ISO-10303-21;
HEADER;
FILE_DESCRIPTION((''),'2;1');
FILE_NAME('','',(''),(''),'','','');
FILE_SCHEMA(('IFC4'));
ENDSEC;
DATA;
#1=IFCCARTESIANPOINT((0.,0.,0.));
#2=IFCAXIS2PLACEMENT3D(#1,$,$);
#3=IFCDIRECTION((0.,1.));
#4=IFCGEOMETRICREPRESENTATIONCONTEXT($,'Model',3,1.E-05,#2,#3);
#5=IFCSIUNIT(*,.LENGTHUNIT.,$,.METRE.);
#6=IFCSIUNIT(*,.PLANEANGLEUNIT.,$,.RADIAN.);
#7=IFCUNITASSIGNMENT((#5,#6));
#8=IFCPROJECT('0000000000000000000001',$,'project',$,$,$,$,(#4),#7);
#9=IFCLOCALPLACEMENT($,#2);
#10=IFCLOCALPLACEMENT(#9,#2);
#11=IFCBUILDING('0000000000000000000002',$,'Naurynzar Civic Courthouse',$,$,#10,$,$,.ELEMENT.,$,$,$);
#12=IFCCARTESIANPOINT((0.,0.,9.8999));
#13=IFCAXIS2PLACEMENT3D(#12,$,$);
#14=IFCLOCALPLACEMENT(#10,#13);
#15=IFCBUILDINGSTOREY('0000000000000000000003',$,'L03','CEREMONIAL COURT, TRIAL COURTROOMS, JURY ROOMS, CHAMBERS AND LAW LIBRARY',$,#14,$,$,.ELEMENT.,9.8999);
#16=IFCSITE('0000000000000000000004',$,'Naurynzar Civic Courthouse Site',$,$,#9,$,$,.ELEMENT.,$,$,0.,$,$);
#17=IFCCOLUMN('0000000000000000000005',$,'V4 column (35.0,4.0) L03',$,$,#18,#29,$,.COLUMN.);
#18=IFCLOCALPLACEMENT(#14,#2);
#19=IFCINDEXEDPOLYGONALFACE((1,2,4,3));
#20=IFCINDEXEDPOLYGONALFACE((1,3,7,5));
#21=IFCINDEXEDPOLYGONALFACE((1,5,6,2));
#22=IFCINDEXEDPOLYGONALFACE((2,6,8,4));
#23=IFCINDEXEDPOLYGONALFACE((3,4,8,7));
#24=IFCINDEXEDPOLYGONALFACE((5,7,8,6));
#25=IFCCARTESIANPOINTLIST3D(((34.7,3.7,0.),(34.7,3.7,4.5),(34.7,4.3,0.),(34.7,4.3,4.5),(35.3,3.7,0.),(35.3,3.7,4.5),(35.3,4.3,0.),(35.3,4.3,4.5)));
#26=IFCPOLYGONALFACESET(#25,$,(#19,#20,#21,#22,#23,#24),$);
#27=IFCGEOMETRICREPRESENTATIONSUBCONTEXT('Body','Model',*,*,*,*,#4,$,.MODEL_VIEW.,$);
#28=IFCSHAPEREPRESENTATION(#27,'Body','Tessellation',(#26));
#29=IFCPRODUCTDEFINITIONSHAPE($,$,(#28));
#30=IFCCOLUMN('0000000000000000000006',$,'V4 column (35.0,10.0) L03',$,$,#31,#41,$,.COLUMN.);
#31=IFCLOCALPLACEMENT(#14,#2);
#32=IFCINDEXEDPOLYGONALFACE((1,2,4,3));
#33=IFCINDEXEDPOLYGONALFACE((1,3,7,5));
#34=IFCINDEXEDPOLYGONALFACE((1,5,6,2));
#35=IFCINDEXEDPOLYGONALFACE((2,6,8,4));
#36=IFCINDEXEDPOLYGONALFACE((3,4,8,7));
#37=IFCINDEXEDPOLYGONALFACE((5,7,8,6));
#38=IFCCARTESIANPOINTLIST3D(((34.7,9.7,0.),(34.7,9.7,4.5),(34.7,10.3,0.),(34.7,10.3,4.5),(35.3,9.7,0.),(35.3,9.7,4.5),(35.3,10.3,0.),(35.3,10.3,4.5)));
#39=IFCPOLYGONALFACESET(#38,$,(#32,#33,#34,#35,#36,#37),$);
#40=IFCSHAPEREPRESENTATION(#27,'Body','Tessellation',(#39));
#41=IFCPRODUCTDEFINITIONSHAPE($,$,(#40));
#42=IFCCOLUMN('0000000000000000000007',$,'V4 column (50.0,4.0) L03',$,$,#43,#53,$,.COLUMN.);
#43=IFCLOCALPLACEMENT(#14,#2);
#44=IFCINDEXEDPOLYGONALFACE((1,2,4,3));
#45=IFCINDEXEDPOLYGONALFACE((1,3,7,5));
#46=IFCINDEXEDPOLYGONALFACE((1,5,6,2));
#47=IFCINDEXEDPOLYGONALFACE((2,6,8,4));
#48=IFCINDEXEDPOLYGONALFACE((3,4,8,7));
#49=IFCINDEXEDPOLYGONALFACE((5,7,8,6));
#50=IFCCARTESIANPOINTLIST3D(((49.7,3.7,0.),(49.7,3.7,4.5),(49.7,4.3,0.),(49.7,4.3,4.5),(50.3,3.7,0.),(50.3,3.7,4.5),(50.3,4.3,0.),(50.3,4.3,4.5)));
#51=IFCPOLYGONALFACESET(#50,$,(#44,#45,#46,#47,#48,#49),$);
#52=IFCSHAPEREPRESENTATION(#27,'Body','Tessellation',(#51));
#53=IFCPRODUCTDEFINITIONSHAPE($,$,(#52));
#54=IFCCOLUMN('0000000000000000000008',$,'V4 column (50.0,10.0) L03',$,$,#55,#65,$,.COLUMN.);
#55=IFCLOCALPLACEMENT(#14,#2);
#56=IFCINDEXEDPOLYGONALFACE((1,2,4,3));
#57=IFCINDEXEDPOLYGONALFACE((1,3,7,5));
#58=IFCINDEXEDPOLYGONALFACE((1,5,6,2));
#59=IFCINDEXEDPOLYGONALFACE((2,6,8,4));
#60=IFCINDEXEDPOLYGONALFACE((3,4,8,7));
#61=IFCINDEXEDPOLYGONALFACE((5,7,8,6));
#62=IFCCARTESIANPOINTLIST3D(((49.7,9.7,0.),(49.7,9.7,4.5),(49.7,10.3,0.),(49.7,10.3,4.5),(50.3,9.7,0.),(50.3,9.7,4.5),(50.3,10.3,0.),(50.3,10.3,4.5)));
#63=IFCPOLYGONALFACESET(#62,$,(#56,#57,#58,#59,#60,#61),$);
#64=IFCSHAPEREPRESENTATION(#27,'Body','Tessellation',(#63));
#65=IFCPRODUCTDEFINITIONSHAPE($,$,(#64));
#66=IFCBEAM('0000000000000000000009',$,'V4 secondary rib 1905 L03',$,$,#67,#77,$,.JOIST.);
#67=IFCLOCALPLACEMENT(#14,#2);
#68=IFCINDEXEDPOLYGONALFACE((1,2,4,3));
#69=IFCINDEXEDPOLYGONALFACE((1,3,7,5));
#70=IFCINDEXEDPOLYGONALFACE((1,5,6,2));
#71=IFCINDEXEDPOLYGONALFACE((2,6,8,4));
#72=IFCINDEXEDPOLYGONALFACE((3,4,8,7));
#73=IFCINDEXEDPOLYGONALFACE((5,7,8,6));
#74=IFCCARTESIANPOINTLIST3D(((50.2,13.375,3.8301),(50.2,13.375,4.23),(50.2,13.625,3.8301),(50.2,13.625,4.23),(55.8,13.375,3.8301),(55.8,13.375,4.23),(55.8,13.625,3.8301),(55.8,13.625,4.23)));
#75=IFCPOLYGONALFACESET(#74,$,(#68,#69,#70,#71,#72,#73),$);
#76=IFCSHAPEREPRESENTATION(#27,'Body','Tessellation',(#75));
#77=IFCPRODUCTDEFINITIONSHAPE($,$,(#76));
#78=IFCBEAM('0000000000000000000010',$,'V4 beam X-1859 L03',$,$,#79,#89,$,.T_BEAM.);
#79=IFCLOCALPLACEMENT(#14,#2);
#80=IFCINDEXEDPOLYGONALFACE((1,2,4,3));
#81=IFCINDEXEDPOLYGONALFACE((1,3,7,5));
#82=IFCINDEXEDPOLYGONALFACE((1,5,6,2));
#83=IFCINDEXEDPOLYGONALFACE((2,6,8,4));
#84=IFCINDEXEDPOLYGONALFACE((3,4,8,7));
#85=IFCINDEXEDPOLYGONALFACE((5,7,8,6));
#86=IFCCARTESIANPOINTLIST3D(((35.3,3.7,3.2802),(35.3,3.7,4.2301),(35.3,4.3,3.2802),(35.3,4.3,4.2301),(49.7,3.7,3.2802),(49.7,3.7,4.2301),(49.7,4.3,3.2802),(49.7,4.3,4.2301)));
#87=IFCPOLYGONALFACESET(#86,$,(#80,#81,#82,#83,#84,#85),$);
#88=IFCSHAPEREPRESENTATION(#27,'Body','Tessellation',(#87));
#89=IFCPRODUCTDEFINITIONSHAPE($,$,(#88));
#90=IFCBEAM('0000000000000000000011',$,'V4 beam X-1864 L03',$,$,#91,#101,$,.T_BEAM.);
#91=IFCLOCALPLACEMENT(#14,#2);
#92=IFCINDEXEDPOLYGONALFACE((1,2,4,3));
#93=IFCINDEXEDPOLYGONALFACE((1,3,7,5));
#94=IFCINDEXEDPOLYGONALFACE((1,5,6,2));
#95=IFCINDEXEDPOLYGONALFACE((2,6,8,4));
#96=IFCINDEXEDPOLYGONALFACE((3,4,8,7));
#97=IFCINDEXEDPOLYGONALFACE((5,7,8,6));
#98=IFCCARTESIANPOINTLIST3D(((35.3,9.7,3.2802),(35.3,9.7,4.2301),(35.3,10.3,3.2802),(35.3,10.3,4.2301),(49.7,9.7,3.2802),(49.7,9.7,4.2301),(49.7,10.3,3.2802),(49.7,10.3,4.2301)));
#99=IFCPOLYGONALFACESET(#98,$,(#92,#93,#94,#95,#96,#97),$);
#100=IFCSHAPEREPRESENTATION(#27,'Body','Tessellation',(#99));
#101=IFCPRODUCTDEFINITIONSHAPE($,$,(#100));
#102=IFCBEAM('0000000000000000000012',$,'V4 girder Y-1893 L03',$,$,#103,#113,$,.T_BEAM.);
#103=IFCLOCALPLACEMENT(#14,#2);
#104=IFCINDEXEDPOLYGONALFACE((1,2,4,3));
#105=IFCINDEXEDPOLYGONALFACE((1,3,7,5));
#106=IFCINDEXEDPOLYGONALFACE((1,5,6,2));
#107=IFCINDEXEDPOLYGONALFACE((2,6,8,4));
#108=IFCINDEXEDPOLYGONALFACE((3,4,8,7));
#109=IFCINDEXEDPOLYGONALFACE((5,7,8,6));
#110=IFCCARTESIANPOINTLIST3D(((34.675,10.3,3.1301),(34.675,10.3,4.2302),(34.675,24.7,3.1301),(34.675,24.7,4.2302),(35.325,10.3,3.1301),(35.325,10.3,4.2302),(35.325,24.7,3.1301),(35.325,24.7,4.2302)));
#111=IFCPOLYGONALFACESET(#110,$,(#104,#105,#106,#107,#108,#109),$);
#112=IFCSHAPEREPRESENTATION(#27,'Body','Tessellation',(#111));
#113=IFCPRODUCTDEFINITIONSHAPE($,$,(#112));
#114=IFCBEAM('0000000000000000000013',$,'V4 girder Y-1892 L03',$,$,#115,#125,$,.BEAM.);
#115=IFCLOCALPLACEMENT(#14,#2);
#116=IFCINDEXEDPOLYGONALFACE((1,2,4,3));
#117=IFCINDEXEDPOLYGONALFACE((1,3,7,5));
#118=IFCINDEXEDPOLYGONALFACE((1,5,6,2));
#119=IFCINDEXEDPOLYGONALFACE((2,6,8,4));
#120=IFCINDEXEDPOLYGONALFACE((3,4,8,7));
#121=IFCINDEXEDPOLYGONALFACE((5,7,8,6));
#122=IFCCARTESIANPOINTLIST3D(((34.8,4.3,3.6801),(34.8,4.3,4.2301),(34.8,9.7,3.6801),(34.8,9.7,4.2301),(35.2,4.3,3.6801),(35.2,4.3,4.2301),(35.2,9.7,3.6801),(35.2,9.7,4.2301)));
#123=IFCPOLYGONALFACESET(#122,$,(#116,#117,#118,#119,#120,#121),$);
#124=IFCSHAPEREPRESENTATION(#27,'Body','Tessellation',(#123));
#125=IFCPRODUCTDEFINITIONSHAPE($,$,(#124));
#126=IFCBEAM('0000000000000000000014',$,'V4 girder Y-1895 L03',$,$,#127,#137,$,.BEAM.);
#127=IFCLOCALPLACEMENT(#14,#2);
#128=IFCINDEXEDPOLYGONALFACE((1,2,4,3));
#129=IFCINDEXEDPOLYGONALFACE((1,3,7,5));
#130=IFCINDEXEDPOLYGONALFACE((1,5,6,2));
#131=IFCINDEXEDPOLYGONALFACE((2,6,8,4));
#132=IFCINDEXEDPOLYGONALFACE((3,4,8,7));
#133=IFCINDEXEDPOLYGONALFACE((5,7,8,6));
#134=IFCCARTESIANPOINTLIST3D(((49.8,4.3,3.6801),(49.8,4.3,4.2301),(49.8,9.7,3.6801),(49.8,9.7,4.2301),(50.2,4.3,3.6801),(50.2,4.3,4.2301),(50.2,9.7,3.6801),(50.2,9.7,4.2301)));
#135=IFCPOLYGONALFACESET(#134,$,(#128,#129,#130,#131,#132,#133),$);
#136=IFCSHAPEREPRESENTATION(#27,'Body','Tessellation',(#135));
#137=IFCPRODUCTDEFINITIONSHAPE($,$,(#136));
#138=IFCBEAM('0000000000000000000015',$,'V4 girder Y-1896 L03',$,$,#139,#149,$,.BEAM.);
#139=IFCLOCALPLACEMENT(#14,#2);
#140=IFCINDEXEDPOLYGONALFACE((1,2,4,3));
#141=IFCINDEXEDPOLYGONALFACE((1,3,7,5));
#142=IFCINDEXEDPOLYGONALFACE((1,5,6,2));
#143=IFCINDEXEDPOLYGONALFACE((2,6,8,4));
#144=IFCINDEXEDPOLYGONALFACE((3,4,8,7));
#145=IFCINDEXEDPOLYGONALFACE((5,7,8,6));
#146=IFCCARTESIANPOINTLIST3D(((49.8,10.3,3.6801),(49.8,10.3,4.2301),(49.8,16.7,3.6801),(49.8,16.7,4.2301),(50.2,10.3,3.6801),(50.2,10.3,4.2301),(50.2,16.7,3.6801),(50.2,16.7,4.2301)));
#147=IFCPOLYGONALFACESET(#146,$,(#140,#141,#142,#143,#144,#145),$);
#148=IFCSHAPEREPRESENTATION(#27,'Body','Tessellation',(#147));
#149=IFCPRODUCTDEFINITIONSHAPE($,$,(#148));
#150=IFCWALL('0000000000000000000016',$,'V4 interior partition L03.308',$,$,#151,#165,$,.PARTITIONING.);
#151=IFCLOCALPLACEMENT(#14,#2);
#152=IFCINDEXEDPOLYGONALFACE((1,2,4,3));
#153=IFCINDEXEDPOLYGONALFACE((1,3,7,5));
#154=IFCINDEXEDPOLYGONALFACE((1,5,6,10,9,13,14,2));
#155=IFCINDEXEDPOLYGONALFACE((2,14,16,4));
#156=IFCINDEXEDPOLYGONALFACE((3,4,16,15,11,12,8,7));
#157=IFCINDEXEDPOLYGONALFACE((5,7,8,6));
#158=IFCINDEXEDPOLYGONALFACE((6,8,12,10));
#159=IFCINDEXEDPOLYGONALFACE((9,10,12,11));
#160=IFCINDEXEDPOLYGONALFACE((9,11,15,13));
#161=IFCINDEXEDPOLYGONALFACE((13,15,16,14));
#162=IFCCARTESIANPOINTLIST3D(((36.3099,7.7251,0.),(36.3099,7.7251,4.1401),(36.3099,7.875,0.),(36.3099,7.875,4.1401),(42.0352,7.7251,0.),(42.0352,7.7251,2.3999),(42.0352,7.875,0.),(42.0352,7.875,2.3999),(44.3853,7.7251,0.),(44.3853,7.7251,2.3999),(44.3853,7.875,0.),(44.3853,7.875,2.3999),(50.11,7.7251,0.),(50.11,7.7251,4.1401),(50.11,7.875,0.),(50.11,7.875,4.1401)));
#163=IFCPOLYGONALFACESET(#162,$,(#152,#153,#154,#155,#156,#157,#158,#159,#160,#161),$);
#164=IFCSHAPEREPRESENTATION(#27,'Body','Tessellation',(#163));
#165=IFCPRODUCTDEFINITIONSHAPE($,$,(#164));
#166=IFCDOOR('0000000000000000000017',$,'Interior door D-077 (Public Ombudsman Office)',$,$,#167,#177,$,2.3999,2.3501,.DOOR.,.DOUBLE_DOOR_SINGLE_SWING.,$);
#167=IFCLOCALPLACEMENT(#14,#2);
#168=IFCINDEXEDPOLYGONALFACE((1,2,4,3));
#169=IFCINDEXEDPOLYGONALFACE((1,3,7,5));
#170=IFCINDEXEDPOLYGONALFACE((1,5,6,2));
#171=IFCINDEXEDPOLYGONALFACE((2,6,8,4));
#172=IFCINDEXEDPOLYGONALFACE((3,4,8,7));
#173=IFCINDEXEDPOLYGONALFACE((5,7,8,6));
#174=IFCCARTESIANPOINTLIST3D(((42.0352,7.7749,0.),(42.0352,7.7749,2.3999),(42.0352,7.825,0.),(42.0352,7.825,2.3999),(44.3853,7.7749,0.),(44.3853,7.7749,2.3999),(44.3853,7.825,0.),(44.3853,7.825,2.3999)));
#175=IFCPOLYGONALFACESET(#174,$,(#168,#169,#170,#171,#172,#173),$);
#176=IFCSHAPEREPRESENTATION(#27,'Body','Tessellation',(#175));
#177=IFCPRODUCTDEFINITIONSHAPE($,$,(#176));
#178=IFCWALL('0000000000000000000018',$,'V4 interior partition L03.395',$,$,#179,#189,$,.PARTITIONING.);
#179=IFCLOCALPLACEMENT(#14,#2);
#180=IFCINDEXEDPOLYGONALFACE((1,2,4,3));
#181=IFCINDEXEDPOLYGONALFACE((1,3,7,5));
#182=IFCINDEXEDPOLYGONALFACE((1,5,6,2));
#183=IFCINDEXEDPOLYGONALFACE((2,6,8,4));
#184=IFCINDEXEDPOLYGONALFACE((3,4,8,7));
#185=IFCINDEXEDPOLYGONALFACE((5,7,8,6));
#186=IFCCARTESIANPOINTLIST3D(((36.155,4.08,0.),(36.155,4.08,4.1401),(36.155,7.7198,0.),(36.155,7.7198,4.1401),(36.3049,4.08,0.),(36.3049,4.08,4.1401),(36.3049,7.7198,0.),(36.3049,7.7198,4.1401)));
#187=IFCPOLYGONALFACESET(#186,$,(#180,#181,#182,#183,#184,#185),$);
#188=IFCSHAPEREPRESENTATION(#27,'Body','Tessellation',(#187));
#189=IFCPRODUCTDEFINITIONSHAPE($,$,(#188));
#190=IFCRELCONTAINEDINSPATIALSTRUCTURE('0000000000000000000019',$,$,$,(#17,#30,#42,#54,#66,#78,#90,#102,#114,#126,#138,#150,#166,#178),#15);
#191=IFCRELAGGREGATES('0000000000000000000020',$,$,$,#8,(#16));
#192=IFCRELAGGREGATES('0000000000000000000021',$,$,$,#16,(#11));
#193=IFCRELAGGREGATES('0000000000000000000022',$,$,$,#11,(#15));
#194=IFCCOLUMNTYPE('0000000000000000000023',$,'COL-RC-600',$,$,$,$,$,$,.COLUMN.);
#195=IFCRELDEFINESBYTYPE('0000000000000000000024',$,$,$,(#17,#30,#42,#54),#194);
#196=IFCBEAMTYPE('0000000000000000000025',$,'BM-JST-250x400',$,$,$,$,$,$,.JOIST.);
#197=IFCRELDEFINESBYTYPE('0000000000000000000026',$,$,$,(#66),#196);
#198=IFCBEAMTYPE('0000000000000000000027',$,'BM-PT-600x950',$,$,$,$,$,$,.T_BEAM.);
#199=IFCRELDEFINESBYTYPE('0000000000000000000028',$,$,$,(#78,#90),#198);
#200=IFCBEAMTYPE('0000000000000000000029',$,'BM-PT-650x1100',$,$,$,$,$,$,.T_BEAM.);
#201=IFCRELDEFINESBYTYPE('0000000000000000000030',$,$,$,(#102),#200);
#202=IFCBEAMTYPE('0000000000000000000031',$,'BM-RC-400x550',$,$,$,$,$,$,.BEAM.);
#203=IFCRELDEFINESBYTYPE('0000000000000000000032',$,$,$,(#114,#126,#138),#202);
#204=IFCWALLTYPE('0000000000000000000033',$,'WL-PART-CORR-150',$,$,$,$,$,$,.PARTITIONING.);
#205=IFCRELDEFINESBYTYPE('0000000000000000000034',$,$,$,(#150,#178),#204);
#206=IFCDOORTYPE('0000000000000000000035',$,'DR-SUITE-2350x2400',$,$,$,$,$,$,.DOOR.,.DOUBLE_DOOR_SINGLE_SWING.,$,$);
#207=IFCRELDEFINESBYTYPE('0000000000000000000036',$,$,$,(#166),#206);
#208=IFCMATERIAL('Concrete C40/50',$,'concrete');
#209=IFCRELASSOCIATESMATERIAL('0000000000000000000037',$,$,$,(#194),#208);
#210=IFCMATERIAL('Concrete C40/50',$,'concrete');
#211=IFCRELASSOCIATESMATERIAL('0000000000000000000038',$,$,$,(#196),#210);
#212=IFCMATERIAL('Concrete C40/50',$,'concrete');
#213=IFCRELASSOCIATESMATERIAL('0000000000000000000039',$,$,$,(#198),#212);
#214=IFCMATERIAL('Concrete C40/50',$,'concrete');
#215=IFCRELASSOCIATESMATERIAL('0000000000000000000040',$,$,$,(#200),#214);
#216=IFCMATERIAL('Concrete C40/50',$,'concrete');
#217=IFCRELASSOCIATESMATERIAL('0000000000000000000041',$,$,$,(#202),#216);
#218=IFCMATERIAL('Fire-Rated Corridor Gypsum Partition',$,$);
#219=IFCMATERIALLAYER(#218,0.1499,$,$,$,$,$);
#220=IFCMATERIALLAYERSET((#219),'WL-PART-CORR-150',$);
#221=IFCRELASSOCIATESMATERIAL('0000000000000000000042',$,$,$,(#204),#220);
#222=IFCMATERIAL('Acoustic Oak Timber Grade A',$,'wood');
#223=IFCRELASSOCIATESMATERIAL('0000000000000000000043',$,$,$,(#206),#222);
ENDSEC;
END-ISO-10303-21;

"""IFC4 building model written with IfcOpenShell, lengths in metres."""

from ifc_helpers import new_model, si_unit, direction, frame, frame_2d, origin, origin_2d, place, context, subcontext, project, spatial, rectangle, extrude, material, layer, layer_set, material_profile, profile_set, type_object, element, fill, save


model = new_model("IFC4")

# Units and contexts
model_context = context("Model", 3, precision=1e-05, world=origin(), true_north=direction((0.0, 1.0)))
body_context = subcontext(model_context, "Body", "Model", "MODEL_VIEW")
ifc_project = project(units=[si_unit("LENGTHUNIT", "METRE"), si_unit("PLANEANGLEUNIT", "RADIAN")], contexts=[model_context])

# Site, building, storey
site_placement = place(None, origin())
site = spatial("IfcSite", under=ifc_project, at=site_placement, Name="Naurynzar Civic Courthouse Site", CompositionType="ELEMENT", RefElevation=0.0)
building_placement = place(site_placement, origin())
building = spatial("IfcBuilding", under=site, at=building_placement, Name="Naurynzar Civic Courthouse", CompositionType="ELEMENT")
storey_placement = place(building_placement, frame((0.0, 0.0, 9.8999)))
storey = spatial("IfcBuildingStorey", under=building, at=storey_placement, Name="L03", Description="CEREMONIAL COURT, TRIAL COURTROOMS, JURY ROOMS, CHAMBERS AND LAW LIBRARY", CompositionType="ELEMENT", Elevation=9.8999)

# Columns
ifc_material_1 = material(Name="Concrete C40/50", Category="concrete")
ifc_material_profile_1 = material_profile(ifc_material_1, rectangle(XDim=0.6001, YDim=0.6001, at=origin_2d()), Name="RC 600x600")
ifc_profile_set_1 = profile_set([ifc_material_profile_1], Name="Concrete C40/50")
column_type = type_object("IfcColumnType", Name="COL-RC-600", PredefinedType="COLUMN", material=ifc_profile_set_1)
for number, where, z_axis, x_axis, name in (
    (1, (35.0, 4.0, 0.0), (0.0, 0.0, 1.0), (1.0, 0.0, 0.0), "V4 column (35.0,4.0) L03"),
    (2, (35.0, 10.0, 0.0), (0.0, 0.0, 1.0), (1.0, 0.0, 0.0), "V4 column (35.0,10.0) L03"),
    (3, (50.0, 4.0, 0.0), (0.0, 0.0, 1.0), (1.0, 0.0, 0.0), "V4 column (50.0,4.0) L03"),
    (4, (50.0, 10.0, 0.0), (0.0, 0.0, 1.0), (1.0, 0.0, 0.0), "V4 column (50.0,10.0) L03"),
):
    element("IfcColumn", number, at=place(storey_placement, frame(where, z_axis=z_axis, x_axis=x_axis)), inside=storey, type_object=column_type, Name=name, PredefinedType="COLUMN", context=body_context, shape_type="SweptSolid", body=[
        extrude(rectangle(XDim=0.6001, YDim=0.6001, at=origin_2d()), origin(), (0.0, 0.0, 1.0), 4.5),
    ])

# Beams
ifc_material_2 = material(Name="Concrete C40/50", Category="concrete")
ifc_material_profile_2 = material_profile(ifc_material_2, rectangle(XDim=0.25, YDim=0.3999, at=origin_2d()), Name="RCB 250x400")
ifc_profile_set_2 = profile_set([ifc_material_profile_2], Name="Concrete C40/50")
beam_type_1 = type_object("IfcBeamType", Name="BM-JST-250x400", PredefinedType="JOIST", material=ifc_profile_set_2)
beam_1_placement = place(storey_placement, frame((50.2, 13.5, 4.03), z_axis=(1.0, 0.0, 0.0), x_axis=(0.0, 1.0, 0.0)))
element("IfcBeam", 5, at=beam_1_placement, inside=storey, type_object=beam_type_1, Name="V4 secondary rib 1905 L03", PredefinedType="JOIST", context=body_context, shape_type="SweptSolid", body=[
    extrude(rectangle(XDim=0.25, YDim=0.3999, at=origin_2d()), origin(), (0.0, 0.0, 1.0), 5.6001),
])
ifc_material_3 = material(Name="Concrete C40/50", Category="concrete")
ifc_material_profile_3 = material_profile(ifc_material_3, rectangle(XDim=0.6001, YDim=0.95, at=origin_2d()), Name="PTB 600x950")
ifc_profile_set_3 = profile_set([ifc_material_profile_3], Name="Concrete C40/50")
beam_type_2 = type_object("IfcBeamType", Name="BM-PT-600x950", PredefinedType="T_BEAM", material=ifc_profile_set_3)
for number, where, z_axis, x_axis, name in (
    (6, (35.3, 4.0, 3.7551), (1.0, 0.0, 0.0), (0.0, 1.0, 0.0), "V4 beam X-1859 L03"),
    (7, (35.3, 10.0, 3.7551), (1.0, 0.0, 0.0), (0.0, 1.0, 0.0), "V4 beam X-1864 L03"),
):
    element("IfcBeam", number, at=place(storey_placement, frame(where, z_axis=z_axis, x_axis=x_axis)), inside=storey, type_object=beam_type_2, Name=name, PredefinedType="T_BEAM", context=body_context, shape_type="SweptSolid", body=[
        extrude(rectangle(XDim=0.6001, YDim=0.95, at=origin_2d()), origin(), (0.0, 0.0, 1.0), 14.3999),
    ])
ifc_material_4 = material(Name="Concrete C40/50", Category="concrete")
ifc_material_profile_4 = material_profile(ifc_material_4, rectangle(XDim=0.6499, YDim=1.1001, at=origin_2d()), Name="PTB 650x1100")
ifc_profile_set_4 = profile_set([ifc_material_profile_4], Name="Concrete C40/50")
beam_type_3 = type_object("IfcBeamType", Name="BM-PT-650x1100", PredefinedType="T_BEAM", material=ifc_profile_set_4)
beam_2_placement = place(storey_placement, frame((35.0, 10.3, 3.6802), z_axis=(0.0, 1.0, 0.0), x_axis=(-1.0, 0.0, 0.0)))
element("IfcBeam", 8, at=beam_2_placement, inside=storey, type_object=beam_type_3, Name="V4 girder Y-1893 L03", PredefinedType="T_BEAM", context=body_context, shape_type="SweptSolid", body=[
    extrude(rectangle(XDim=0.6499, YDim=1.1001, at=origin_2d()), origin(), (0.0, 0.0, 1.0), 14.3999),
])
ifc_material_5 = material(Name="Concrete C40/50", Category="concrete")
ifc_material_profile_5 = material_profile(ifc_material_5, rectangle(XDim=0.3999, YDim=0.55, at=origin_2d()), Name="RCB 400x550")
ifc_profile_set_5 = profile_set([ifc_material_profile_5], Name="Concrete C40/50")
beam_type_4 = type_object("IfcBeamType", Name="BM-RC-400x550", PredefinedType="BEAM", material=ifc_profile_set_5)
for number, where, z_axis, x_axis, name in (
    (9, (35.0, 4.3, 3.9551), (0.0, 1.0, 0.0), (-1.0, 0.0, 0.0), "V4 girder Y-1892 L03"),
    (10, (50.0, 4.3, 3.9551), (0.0, 1.0, 0.0), (-1.0, 0.0, 0.0), "V4 girder Y-1895 L03"),
):
    element("IfcBeam", number, at=place(storey_placement, frame(where, z_axis=z_axis, x_axis=x_axis)), inside=storey, type_object=beam_type_4, Name=name, PredefinedType="BEAM", context=body_context, shape_type="SweptSolid", body=[
        extrude(rectangle(XDim=0.3999, YDim=0.55, at=origin_2d()), origin(), (0.0, 0.0, 1.0), 5.3999),
    ])
beam_3_placement = place(storey_placement, frame((50.0, 10.3, 3.9551), z_axis=(0.0, 1.0, 0.0), x_axis=(-1.0, 0.0, 0.0)))
element("IfcBeam", 11, at=beam_3_placement, inside=storey, type_object=beam_type_4, Name="V4 girder Y-1896 L03", PredefinedType="BEAM", context=body_context, shape_type="SweptSolid", body=[
    extrude(rectangle(XDim=0.3999, YDim=0.55, at=origin_2d()), origin(), (0.0, 0.0, 1.0), 6.3999),
])

# Wall, opening, door
ifc_material_6 = material(Name="Fire-Rated Corridor Gypsum Partition")
ifc_layer_1 = layer(ifc_material_6, 0.1499)
ifc_layer_set_1 = layer_set([ifc_layer_1], Name="WL-PART-CORR-150")
wall_type_1 = type_object("IfcWallType", Name="WL-PART-CORR-150", PredefinedType="PARTITIONING", material=ifc_layer_set_1)
wall_1_placement = place(storey_placement, frame((36.3101, 7.8, 0.0), z_axis=(0.0, 0.0, 1.0), x_axis=(1.0, 0.0, 0.0)))
wall_1 = element("IfcWall", 12, at=wall_1_placement, inside=storey, type_object=wall_type_1, Name="V4 interior partition L03.308", PredefinedType="PARTITIONING", context=body_context, shape_type="SweptSolid", body=[
    extrude(rectangle(XDim=13.8, YDim=0.1499, at=frame_2d((6.8999, 0.0))), origin(), (0.0, 0.0, 1.0), 4.1401),
])
opening_1_placement = place(wall_1_placement, frame((5.7251, 0.0, 0.0)))
opening_1 = element("IfcOpeningElement", 13, at=opening_1_placement, cuts=wall_1, PredefinedType="OPENING", context=body_context, shape_type="SweptSolid", body=[
    extrude(rectangle(XDim=2.3501, YDim=2.3999, at=frame_2d((1.175, 1.2))), frame((0.0, 0.085, 0.0), z_axis=(0.0, -1.0, 0.0), x_axis=(1.0, 0.0, 0.0)), (0.0, 0.0, 1.0), 0.1699),
])
ifc_material_7 = material(Name="Acoustic Oak Timber Grade A", Category="wood")
door_type_1 = type_object("IfcDoorType", Name="DR-SUITE-2350x2400", OperationType="DOUBLE_DOOR_SINGLE_SWING", PredefinedType="DOOR", material=ifc_material_7)
door_1_placement = place(opening_1_placement, origin())
door_1 = element("IfcDoor", 14, at=door_1_placement, inside=storey, type_object=door_type_1, Name="Interior door D-077 (Public Ombudsman Office)", OperationType="DOUBLE_DOOR_SINGLE_SWING", OverallHeight=2.3999, OverallWidth=2.3501, PredefinedType="DOOR", context=body_context, shape_type="SweptSolid", body=[
    extrude(rectangle(XDim=2.3501, YDim=2.3999, at=frame_2d((1.175, 1.2))), frame((0.0, 0.0249, 0.0), z_axis=(0.0, -1.0, 0.0), x_axis=(1.0, 0.0, 0.0)), (0.0, 0.0, 1.0), 0.05),
])
fill(opening_1, door_1)

# Wall
wall_2_placement = place(storey_placement, frame((36.23, 4.0801, 0.0), z_axis=(0.0, 0.0, 1.0), x_axis=(0.0, 1.0, 0.0)))
element("IfcWall", 15, at=wall_2_placement, inside=storey, type_object=wall_type_1, Name="V4 interior partition L03.395", PredefinedType="PARTITIONING", context=body_context, shape_type="SweptSolid", body=[
    extrude(rectangle(XDim=3.6399, YDim=0.1499, at=frame_2d((1.8198, 0.0))), origin(), (0.0, 0.0, 1.0), 4.1401),
])

save(model, "model.ifc")
